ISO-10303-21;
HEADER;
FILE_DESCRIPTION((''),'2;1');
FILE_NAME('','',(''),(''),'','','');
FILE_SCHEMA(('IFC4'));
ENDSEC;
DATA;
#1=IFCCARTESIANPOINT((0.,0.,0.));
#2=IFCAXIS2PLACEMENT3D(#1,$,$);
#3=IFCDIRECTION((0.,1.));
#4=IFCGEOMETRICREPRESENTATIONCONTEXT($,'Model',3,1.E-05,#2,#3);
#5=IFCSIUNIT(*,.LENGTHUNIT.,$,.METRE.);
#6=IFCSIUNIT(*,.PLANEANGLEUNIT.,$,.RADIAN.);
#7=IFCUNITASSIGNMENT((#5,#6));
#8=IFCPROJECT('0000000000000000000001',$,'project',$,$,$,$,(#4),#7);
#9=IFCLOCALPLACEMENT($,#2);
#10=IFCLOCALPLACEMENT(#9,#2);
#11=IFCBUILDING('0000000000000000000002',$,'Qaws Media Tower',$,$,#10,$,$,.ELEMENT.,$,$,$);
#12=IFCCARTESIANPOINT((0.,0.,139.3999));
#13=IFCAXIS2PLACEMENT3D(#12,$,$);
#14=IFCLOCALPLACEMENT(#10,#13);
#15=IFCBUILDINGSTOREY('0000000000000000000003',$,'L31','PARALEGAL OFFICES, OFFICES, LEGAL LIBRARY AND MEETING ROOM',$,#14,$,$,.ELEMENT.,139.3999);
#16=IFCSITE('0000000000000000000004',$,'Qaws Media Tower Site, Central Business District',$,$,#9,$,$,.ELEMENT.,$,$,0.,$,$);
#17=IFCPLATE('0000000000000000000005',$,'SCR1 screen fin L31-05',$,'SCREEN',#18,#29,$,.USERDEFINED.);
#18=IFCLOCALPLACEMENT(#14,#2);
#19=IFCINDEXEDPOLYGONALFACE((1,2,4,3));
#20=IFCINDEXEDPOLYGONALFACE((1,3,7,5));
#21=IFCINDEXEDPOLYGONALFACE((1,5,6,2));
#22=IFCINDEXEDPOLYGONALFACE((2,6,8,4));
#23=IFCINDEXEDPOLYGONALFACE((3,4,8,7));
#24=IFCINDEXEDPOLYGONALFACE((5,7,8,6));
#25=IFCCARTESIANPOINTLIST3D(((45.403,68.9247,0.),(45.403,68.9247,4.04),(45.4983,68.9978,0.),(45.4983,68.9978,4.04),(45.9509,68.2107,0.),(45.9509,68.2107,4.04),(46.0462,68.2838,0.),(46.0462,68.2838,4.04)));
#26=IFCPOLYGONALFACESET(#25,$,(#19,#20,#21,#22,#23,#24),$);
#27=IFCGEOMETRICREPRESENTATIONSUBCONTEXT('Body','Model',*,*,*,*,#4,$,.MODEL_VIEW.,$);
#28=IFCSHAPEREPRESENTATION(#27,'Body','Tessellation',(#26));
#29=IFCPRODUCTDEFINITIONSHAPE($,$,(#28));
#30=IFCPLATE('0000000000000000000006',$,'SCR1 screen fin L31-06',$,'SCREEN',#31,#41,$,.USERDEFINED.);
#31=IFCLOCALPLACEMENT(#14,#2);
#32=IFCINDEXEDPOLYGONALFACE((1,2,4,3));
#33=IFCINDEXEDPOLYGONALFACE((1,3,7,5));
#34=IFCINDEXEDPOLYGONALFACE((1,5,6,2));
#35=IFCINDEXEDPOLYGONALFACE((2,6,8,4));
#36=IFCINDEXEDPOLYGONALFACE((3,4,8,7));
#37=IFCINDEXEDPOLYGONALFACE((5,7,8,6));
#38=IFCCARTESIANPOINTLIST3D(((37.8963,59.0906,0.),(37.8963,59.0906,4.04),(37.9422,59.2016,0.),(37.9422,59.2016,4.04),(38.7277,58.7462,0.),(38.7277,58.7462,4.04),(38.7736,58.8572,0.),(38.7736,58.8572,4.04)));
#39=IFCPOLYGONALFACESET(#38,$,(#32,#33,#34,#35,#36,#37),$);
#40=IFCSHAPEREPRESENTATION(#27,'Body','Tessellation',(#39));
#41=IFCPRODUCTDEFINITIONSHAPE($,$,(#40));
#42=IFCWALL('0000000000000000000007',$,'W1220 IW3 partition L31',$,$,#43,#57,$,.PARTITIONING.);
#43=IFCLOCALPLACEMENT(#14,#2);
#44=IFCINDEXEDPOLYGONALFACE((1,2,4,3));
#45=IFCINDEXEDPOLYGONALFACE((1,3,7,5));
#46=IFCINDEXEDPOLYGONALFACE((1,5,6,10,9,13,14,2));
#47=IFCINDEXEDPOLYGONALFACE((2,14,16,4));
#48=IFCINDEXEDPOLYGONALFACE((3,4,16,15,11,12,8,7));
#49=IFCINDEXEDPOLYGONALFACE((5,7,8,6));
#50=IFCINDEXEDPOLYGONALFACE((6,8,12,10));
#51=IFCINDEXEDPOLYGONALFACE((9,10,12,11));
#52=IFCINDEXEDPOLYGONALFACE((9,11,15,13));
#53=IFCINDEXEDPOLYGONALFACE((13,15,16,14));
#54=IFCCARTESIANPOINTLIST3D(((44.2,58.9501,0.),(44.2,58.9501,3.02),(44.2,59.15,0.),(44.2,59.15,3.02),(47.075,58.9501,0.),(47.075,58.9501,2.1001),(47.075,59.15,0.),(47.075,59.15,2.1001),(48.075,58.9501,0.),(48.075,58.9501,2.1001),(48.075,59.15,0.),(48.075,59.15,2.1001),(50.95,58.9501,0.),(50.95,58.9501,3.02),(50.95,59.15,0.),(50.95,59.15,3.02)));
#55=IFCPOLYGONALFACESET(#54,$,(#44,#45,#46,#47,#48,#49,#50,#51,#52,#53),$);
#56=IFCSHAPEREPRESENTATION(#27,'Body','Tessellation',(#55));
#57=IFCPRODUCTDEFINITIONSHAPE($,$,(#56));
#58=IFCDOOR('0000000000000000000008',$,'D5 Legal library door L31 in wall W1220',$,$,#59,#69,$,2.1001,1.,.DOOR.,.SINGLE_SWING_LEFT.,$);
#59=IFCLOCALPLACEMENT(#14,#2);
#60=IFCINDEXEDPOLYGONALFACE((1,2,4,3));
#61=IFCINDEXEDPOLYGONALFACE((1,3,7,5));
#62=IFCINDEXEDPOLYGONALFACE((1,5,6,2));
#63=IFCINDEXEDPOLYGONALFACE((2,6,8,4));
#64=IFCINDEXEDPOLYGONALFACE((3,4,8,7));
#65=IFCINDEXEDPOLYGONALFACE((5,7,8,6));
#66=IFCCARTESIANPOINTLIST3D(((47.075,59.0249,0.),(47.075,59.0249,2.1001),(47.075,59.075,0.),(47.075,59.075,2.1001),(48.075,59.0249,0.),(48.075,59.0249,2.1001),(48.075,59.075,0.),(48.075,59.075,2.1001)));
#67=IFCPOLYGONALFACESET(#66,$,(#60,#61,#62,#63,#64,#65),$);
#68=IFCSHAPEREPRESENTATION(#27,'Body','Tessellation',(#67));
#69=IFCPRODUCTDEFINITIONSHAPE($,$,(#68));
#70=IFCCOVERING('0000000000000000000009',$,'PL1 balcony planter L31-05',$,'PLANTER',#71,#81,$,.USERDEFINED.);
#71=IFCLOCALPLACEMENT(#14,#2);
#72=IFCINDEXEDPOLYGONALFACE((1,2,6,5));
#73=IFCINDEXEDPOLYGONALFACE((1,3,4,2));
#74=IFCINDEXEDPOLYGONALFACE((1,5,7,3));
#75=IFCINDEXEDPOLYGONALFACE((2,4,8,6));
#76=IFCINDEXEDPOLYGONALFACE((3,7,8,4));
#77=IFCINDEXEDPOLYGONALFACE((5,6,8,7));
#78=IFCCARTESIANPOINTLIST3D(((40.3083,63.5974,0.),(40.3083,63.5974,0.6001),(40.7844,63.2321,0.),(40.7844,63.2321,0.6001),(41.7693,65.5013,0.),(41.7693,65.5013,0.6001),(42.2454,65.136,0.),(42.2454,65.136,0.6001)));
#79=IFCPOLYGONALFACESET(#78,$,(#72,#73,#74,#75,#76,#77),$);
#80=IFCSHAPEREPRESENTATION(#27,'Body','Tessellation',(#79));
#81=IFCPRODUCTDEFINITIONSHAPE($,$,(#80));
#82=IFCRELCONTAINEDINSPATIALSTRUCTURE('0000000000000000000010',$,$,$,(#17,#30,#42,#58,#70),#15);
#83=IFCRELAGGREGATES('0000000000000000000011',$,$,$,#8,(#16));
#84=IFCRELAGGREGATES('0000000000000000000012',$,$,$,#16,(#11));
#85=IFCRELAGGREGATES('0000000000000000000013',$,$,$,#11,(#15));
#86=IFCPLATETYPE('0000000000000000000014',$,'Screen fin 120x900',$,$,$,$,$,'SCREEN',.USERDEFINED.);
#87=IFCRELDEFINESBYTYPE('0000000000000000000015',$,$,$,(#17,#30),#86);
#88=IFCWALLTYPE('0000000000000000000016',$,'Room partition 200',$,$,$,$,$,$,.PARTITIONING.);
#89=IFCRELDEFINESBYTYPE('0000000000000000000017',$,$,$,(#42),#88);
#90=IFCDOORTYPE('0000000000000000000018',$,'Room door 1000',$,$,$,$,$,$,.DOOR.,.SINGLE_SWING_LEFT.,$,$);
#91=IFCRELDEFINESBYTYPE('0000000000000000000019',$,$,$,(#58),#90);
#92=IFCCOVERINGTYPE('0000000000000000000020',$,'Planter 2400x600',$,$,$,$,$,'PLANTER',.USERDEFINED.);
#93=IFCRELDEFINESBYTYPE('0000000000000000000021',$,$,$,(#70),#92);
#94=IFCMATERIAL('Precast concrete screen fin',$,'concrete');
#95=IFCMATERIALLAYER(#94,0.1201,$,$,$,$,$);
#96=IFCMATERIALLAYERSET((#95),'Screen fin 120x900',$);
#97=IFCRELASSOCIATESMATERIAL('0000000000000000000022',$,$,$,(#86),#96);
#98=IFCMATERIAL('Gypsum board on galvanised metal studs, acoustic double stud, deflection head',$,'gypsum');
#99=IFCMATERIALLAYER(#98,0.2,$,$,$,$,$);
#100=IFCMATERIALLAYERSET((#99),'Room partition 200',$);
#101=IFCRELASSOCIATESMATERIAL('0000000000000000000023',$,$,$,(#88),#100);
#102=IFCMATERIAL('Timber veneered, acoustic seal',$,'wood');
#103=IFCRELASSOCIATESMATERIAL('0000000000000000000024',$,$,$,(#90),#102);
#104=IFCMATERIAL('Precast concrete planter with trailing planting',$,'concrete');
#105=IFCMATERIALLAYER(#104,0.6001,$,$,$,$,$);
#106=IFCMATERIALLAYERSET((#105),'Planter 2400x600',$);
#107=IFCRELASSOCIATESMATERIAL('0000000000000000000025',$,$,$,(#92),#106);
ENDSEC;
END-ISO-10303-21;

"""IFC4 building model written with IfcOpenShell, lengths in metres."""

from ifc_helpers import new_model, si_unit, direction, frame, frame_2d, origin, origin_2d, place, context, subcontext, project, spatial, rectangle, extrude, material, layer, layer_set, type_object, element, fill, save


model = new_model("IFC4")

# Units and contexts
model_context = context("Model", 3, precision=1e-05, world=origin(), true_north=direction((0.0, 1.0)))
body_context = subcontext(model_context, "Body", "Model", "MODEL_VIEW")
ifc_project = project(units=[si_unit("LENGTHUNIT", "METRE"), si_unit("PLANEANGLEUNIT", "RADIAN")], contexts=[model_context])

# Site, building, storey
site_placement = place(None, origin())
site = spatial("IfcSite", under=ifc_project, at=site_placement, Name="Qaws Media Tower Site, Central Business District", CompositionType="ELEMENT", RefElevation=0.0)
building_placement = place(site_placement, origin())
building = spatial("IfcBuilding", under=site, at=building_placement, Name="Qaws Media Tower", CompositionType="ELEMENT")
storey_placement = place(building_placement, frame((0.0, 0.0, 139.3999)))
storey = spatial("IfcBuildingStorey", under=building, at=storey_placement, Name="L31", Description="PARALEGAL OFFICES, OFFICES, LEGAL LIBRARY AND MEETING ROOM", CompositionType="ELEMENT", Elevation=139.3999)

# Plates
ifc_material_1 = material(Name="Precast concrete screen fin", Category="concrete")
ifc_layer_1 = layer(ifc_material_1, 0.1201)
ifc_layer_set_1 = layer_set([ifc_layer_1], Name="Screen fin 120x900")
plate_type_1 = type_object("IfcPlateType", Name="Screen fin 120x900", ElementType="SCREEN", PredefinedType="USERDEFINED", material=ifc_layer_set_1)
for number, where, z_axis, x_axis, name in (
    (1, (45.7246, 68.6042, 0.0), (0.0, 0.0, 1.0), (-0.608761, 0.793353, 0.0), "SCR1 screen fin L31-05"),
    (2, (38.335, 58.9739, 0.0), (0.0, 0.0, 1.0), (-0.92388, 0.382683, 0.0), "SCR1 screen fin L31-06"),
):
    element("IfcPlate", number, at=place(storey_placement, frame(where, z_axis=z_axis, x_axis=x_axis)), inside=storey, type_object=plate_type_1, Name=name, ObjectType="SCREEN", PredefinedType="USERDEFINED", context=body_context, shape_type="SweptSolid", body=[
        extrude(rectangle(XDim=0.8999, YDim=0.1201, at=origin_2d()), origin(), (0.0, 0.0, 1.0), 4.04),
    ])

# Wall, opening, door
ifc_material_2 = material(Name="Gypsum board on galvanised metal studs, acoustic double stud, deflection head", Category="gypsum")
ifc_layer_2 = layer(ifc_material_2, 0.2)
ifc_layer_set_2 = layer_set([ifc_layer_2], Name="Room partition 200")
wall_type = type_object("IfcWallType", Name="Room partition 200", PredefinedType="PARTITIONING", material=ifc_layer_set_2)
wall_placement = place(storey_placement, frame((44.2, 59.05, 0.0), z_axis=(0.0, 0.0, 1.0), x_axis=(1.0, 0.0, 0.0)))
wall = element("IfcWall", 3, at=wall_placement, inside=storey, type_object=wall_type, Name="W1220 IW3 partition L31", PredefinedType="PARTITIONING", context=body_context, shape_type="SweptSolid", body=[
    extrude(rectangle(XDim=6.75, YDim=0.2, at=frame_2d((3.375, 0.0))), origin(), (0.0, 0.0, 1.0), 3.02),
])
opening_placement = place(wall_placement, frame((2.875, 0.0, 0.0)))
opening = element("IfcOpeningElement", 4, at=opening_placement, cuts=wall, PredefinedType="OPENING", context=body_context, shape_type="SweptSolid", body=[
    extrude(rectangle(XDim=1.0, YDim=2.1001, at=frame_2d((0.5, 1.05))), frame((0.0, 0.1099, 0.0), z_axis=(0.0, -1.0, 0.0), x_axis=(1.0, 0.0, 0.0)), (0.0, 0.0, 1.0), 0.22),
])
ifc_material_3 = material(Name="Timber veneered, acoustic seal", Category="wood")
door_type = type_object("IfcDoorType", Name="Room door 1000", OperationType="SINGLE_SWING_LEFT", PredefinedType="DOOR", material=ifc_material_3)
door_placement = place(opening_placement, origin())
door = element("IfcDoor", 5, at=door_placement, inside=storey, type_object=door_type, Name="D5 Legal library door L31 in wall W1220", OperationType="SINGLE_SWING_LEFT", OverallHeight=2.1001, OverallWidth=1.0, PredefinedType="DOOR", context=body_context, shape_type="SweptSolid", body=[
    extrude(rectangle(XDim=1.0, YDim=2.1001, at=frame_2d((0.5, 1.05))), frame((0.0, 0.0249, 0.0), z_axis=(0.0, -1.0, 0.0), x_axis=(1.0, 0.0, 0.0)), (0.0, 0.0, 1.0), 0.05),
])
fill(opening, door)

# Covering
ifc_material_4 = material(Name="Precast concrete planter with trailing planting", Category="concrete")
ifc_layer_3 = layer(ifc_material_4, 0.6001)
ifc_layer_set_3 = layer_set([ifc_layer_3], Name="Planter 2400x600")
covering_type = type_object("IfcCoveringType", Name="Planter 2400x600", ElementType="PLANTER", PredefinedType="USERDEFINED", material=ifc_layer_set_3)
covering_placement = place(storey_placement, frame((41.2769, 64.3667, 0.0), z_axis=(0.0, 0.0, 1.0), x_axis=(-0.608761, -0.793353, 0.0)))
element("IfcCovering", 6, at=covering_placement, inside=storey, type_object=covering_type, Name="PL1 balcony planter L31-05", ObjectType="PLANTER", PredefinedType="USERDEFINED", context=body_context, shape_type="SweptSolid", body=[
    extrude(rectangle(XDim=2.3999, YDim=0.6001, at=origin_2d()), origin(), (0.0, 0.0, 1.0), 0.6001),
])

save(model, "model.ifc")
